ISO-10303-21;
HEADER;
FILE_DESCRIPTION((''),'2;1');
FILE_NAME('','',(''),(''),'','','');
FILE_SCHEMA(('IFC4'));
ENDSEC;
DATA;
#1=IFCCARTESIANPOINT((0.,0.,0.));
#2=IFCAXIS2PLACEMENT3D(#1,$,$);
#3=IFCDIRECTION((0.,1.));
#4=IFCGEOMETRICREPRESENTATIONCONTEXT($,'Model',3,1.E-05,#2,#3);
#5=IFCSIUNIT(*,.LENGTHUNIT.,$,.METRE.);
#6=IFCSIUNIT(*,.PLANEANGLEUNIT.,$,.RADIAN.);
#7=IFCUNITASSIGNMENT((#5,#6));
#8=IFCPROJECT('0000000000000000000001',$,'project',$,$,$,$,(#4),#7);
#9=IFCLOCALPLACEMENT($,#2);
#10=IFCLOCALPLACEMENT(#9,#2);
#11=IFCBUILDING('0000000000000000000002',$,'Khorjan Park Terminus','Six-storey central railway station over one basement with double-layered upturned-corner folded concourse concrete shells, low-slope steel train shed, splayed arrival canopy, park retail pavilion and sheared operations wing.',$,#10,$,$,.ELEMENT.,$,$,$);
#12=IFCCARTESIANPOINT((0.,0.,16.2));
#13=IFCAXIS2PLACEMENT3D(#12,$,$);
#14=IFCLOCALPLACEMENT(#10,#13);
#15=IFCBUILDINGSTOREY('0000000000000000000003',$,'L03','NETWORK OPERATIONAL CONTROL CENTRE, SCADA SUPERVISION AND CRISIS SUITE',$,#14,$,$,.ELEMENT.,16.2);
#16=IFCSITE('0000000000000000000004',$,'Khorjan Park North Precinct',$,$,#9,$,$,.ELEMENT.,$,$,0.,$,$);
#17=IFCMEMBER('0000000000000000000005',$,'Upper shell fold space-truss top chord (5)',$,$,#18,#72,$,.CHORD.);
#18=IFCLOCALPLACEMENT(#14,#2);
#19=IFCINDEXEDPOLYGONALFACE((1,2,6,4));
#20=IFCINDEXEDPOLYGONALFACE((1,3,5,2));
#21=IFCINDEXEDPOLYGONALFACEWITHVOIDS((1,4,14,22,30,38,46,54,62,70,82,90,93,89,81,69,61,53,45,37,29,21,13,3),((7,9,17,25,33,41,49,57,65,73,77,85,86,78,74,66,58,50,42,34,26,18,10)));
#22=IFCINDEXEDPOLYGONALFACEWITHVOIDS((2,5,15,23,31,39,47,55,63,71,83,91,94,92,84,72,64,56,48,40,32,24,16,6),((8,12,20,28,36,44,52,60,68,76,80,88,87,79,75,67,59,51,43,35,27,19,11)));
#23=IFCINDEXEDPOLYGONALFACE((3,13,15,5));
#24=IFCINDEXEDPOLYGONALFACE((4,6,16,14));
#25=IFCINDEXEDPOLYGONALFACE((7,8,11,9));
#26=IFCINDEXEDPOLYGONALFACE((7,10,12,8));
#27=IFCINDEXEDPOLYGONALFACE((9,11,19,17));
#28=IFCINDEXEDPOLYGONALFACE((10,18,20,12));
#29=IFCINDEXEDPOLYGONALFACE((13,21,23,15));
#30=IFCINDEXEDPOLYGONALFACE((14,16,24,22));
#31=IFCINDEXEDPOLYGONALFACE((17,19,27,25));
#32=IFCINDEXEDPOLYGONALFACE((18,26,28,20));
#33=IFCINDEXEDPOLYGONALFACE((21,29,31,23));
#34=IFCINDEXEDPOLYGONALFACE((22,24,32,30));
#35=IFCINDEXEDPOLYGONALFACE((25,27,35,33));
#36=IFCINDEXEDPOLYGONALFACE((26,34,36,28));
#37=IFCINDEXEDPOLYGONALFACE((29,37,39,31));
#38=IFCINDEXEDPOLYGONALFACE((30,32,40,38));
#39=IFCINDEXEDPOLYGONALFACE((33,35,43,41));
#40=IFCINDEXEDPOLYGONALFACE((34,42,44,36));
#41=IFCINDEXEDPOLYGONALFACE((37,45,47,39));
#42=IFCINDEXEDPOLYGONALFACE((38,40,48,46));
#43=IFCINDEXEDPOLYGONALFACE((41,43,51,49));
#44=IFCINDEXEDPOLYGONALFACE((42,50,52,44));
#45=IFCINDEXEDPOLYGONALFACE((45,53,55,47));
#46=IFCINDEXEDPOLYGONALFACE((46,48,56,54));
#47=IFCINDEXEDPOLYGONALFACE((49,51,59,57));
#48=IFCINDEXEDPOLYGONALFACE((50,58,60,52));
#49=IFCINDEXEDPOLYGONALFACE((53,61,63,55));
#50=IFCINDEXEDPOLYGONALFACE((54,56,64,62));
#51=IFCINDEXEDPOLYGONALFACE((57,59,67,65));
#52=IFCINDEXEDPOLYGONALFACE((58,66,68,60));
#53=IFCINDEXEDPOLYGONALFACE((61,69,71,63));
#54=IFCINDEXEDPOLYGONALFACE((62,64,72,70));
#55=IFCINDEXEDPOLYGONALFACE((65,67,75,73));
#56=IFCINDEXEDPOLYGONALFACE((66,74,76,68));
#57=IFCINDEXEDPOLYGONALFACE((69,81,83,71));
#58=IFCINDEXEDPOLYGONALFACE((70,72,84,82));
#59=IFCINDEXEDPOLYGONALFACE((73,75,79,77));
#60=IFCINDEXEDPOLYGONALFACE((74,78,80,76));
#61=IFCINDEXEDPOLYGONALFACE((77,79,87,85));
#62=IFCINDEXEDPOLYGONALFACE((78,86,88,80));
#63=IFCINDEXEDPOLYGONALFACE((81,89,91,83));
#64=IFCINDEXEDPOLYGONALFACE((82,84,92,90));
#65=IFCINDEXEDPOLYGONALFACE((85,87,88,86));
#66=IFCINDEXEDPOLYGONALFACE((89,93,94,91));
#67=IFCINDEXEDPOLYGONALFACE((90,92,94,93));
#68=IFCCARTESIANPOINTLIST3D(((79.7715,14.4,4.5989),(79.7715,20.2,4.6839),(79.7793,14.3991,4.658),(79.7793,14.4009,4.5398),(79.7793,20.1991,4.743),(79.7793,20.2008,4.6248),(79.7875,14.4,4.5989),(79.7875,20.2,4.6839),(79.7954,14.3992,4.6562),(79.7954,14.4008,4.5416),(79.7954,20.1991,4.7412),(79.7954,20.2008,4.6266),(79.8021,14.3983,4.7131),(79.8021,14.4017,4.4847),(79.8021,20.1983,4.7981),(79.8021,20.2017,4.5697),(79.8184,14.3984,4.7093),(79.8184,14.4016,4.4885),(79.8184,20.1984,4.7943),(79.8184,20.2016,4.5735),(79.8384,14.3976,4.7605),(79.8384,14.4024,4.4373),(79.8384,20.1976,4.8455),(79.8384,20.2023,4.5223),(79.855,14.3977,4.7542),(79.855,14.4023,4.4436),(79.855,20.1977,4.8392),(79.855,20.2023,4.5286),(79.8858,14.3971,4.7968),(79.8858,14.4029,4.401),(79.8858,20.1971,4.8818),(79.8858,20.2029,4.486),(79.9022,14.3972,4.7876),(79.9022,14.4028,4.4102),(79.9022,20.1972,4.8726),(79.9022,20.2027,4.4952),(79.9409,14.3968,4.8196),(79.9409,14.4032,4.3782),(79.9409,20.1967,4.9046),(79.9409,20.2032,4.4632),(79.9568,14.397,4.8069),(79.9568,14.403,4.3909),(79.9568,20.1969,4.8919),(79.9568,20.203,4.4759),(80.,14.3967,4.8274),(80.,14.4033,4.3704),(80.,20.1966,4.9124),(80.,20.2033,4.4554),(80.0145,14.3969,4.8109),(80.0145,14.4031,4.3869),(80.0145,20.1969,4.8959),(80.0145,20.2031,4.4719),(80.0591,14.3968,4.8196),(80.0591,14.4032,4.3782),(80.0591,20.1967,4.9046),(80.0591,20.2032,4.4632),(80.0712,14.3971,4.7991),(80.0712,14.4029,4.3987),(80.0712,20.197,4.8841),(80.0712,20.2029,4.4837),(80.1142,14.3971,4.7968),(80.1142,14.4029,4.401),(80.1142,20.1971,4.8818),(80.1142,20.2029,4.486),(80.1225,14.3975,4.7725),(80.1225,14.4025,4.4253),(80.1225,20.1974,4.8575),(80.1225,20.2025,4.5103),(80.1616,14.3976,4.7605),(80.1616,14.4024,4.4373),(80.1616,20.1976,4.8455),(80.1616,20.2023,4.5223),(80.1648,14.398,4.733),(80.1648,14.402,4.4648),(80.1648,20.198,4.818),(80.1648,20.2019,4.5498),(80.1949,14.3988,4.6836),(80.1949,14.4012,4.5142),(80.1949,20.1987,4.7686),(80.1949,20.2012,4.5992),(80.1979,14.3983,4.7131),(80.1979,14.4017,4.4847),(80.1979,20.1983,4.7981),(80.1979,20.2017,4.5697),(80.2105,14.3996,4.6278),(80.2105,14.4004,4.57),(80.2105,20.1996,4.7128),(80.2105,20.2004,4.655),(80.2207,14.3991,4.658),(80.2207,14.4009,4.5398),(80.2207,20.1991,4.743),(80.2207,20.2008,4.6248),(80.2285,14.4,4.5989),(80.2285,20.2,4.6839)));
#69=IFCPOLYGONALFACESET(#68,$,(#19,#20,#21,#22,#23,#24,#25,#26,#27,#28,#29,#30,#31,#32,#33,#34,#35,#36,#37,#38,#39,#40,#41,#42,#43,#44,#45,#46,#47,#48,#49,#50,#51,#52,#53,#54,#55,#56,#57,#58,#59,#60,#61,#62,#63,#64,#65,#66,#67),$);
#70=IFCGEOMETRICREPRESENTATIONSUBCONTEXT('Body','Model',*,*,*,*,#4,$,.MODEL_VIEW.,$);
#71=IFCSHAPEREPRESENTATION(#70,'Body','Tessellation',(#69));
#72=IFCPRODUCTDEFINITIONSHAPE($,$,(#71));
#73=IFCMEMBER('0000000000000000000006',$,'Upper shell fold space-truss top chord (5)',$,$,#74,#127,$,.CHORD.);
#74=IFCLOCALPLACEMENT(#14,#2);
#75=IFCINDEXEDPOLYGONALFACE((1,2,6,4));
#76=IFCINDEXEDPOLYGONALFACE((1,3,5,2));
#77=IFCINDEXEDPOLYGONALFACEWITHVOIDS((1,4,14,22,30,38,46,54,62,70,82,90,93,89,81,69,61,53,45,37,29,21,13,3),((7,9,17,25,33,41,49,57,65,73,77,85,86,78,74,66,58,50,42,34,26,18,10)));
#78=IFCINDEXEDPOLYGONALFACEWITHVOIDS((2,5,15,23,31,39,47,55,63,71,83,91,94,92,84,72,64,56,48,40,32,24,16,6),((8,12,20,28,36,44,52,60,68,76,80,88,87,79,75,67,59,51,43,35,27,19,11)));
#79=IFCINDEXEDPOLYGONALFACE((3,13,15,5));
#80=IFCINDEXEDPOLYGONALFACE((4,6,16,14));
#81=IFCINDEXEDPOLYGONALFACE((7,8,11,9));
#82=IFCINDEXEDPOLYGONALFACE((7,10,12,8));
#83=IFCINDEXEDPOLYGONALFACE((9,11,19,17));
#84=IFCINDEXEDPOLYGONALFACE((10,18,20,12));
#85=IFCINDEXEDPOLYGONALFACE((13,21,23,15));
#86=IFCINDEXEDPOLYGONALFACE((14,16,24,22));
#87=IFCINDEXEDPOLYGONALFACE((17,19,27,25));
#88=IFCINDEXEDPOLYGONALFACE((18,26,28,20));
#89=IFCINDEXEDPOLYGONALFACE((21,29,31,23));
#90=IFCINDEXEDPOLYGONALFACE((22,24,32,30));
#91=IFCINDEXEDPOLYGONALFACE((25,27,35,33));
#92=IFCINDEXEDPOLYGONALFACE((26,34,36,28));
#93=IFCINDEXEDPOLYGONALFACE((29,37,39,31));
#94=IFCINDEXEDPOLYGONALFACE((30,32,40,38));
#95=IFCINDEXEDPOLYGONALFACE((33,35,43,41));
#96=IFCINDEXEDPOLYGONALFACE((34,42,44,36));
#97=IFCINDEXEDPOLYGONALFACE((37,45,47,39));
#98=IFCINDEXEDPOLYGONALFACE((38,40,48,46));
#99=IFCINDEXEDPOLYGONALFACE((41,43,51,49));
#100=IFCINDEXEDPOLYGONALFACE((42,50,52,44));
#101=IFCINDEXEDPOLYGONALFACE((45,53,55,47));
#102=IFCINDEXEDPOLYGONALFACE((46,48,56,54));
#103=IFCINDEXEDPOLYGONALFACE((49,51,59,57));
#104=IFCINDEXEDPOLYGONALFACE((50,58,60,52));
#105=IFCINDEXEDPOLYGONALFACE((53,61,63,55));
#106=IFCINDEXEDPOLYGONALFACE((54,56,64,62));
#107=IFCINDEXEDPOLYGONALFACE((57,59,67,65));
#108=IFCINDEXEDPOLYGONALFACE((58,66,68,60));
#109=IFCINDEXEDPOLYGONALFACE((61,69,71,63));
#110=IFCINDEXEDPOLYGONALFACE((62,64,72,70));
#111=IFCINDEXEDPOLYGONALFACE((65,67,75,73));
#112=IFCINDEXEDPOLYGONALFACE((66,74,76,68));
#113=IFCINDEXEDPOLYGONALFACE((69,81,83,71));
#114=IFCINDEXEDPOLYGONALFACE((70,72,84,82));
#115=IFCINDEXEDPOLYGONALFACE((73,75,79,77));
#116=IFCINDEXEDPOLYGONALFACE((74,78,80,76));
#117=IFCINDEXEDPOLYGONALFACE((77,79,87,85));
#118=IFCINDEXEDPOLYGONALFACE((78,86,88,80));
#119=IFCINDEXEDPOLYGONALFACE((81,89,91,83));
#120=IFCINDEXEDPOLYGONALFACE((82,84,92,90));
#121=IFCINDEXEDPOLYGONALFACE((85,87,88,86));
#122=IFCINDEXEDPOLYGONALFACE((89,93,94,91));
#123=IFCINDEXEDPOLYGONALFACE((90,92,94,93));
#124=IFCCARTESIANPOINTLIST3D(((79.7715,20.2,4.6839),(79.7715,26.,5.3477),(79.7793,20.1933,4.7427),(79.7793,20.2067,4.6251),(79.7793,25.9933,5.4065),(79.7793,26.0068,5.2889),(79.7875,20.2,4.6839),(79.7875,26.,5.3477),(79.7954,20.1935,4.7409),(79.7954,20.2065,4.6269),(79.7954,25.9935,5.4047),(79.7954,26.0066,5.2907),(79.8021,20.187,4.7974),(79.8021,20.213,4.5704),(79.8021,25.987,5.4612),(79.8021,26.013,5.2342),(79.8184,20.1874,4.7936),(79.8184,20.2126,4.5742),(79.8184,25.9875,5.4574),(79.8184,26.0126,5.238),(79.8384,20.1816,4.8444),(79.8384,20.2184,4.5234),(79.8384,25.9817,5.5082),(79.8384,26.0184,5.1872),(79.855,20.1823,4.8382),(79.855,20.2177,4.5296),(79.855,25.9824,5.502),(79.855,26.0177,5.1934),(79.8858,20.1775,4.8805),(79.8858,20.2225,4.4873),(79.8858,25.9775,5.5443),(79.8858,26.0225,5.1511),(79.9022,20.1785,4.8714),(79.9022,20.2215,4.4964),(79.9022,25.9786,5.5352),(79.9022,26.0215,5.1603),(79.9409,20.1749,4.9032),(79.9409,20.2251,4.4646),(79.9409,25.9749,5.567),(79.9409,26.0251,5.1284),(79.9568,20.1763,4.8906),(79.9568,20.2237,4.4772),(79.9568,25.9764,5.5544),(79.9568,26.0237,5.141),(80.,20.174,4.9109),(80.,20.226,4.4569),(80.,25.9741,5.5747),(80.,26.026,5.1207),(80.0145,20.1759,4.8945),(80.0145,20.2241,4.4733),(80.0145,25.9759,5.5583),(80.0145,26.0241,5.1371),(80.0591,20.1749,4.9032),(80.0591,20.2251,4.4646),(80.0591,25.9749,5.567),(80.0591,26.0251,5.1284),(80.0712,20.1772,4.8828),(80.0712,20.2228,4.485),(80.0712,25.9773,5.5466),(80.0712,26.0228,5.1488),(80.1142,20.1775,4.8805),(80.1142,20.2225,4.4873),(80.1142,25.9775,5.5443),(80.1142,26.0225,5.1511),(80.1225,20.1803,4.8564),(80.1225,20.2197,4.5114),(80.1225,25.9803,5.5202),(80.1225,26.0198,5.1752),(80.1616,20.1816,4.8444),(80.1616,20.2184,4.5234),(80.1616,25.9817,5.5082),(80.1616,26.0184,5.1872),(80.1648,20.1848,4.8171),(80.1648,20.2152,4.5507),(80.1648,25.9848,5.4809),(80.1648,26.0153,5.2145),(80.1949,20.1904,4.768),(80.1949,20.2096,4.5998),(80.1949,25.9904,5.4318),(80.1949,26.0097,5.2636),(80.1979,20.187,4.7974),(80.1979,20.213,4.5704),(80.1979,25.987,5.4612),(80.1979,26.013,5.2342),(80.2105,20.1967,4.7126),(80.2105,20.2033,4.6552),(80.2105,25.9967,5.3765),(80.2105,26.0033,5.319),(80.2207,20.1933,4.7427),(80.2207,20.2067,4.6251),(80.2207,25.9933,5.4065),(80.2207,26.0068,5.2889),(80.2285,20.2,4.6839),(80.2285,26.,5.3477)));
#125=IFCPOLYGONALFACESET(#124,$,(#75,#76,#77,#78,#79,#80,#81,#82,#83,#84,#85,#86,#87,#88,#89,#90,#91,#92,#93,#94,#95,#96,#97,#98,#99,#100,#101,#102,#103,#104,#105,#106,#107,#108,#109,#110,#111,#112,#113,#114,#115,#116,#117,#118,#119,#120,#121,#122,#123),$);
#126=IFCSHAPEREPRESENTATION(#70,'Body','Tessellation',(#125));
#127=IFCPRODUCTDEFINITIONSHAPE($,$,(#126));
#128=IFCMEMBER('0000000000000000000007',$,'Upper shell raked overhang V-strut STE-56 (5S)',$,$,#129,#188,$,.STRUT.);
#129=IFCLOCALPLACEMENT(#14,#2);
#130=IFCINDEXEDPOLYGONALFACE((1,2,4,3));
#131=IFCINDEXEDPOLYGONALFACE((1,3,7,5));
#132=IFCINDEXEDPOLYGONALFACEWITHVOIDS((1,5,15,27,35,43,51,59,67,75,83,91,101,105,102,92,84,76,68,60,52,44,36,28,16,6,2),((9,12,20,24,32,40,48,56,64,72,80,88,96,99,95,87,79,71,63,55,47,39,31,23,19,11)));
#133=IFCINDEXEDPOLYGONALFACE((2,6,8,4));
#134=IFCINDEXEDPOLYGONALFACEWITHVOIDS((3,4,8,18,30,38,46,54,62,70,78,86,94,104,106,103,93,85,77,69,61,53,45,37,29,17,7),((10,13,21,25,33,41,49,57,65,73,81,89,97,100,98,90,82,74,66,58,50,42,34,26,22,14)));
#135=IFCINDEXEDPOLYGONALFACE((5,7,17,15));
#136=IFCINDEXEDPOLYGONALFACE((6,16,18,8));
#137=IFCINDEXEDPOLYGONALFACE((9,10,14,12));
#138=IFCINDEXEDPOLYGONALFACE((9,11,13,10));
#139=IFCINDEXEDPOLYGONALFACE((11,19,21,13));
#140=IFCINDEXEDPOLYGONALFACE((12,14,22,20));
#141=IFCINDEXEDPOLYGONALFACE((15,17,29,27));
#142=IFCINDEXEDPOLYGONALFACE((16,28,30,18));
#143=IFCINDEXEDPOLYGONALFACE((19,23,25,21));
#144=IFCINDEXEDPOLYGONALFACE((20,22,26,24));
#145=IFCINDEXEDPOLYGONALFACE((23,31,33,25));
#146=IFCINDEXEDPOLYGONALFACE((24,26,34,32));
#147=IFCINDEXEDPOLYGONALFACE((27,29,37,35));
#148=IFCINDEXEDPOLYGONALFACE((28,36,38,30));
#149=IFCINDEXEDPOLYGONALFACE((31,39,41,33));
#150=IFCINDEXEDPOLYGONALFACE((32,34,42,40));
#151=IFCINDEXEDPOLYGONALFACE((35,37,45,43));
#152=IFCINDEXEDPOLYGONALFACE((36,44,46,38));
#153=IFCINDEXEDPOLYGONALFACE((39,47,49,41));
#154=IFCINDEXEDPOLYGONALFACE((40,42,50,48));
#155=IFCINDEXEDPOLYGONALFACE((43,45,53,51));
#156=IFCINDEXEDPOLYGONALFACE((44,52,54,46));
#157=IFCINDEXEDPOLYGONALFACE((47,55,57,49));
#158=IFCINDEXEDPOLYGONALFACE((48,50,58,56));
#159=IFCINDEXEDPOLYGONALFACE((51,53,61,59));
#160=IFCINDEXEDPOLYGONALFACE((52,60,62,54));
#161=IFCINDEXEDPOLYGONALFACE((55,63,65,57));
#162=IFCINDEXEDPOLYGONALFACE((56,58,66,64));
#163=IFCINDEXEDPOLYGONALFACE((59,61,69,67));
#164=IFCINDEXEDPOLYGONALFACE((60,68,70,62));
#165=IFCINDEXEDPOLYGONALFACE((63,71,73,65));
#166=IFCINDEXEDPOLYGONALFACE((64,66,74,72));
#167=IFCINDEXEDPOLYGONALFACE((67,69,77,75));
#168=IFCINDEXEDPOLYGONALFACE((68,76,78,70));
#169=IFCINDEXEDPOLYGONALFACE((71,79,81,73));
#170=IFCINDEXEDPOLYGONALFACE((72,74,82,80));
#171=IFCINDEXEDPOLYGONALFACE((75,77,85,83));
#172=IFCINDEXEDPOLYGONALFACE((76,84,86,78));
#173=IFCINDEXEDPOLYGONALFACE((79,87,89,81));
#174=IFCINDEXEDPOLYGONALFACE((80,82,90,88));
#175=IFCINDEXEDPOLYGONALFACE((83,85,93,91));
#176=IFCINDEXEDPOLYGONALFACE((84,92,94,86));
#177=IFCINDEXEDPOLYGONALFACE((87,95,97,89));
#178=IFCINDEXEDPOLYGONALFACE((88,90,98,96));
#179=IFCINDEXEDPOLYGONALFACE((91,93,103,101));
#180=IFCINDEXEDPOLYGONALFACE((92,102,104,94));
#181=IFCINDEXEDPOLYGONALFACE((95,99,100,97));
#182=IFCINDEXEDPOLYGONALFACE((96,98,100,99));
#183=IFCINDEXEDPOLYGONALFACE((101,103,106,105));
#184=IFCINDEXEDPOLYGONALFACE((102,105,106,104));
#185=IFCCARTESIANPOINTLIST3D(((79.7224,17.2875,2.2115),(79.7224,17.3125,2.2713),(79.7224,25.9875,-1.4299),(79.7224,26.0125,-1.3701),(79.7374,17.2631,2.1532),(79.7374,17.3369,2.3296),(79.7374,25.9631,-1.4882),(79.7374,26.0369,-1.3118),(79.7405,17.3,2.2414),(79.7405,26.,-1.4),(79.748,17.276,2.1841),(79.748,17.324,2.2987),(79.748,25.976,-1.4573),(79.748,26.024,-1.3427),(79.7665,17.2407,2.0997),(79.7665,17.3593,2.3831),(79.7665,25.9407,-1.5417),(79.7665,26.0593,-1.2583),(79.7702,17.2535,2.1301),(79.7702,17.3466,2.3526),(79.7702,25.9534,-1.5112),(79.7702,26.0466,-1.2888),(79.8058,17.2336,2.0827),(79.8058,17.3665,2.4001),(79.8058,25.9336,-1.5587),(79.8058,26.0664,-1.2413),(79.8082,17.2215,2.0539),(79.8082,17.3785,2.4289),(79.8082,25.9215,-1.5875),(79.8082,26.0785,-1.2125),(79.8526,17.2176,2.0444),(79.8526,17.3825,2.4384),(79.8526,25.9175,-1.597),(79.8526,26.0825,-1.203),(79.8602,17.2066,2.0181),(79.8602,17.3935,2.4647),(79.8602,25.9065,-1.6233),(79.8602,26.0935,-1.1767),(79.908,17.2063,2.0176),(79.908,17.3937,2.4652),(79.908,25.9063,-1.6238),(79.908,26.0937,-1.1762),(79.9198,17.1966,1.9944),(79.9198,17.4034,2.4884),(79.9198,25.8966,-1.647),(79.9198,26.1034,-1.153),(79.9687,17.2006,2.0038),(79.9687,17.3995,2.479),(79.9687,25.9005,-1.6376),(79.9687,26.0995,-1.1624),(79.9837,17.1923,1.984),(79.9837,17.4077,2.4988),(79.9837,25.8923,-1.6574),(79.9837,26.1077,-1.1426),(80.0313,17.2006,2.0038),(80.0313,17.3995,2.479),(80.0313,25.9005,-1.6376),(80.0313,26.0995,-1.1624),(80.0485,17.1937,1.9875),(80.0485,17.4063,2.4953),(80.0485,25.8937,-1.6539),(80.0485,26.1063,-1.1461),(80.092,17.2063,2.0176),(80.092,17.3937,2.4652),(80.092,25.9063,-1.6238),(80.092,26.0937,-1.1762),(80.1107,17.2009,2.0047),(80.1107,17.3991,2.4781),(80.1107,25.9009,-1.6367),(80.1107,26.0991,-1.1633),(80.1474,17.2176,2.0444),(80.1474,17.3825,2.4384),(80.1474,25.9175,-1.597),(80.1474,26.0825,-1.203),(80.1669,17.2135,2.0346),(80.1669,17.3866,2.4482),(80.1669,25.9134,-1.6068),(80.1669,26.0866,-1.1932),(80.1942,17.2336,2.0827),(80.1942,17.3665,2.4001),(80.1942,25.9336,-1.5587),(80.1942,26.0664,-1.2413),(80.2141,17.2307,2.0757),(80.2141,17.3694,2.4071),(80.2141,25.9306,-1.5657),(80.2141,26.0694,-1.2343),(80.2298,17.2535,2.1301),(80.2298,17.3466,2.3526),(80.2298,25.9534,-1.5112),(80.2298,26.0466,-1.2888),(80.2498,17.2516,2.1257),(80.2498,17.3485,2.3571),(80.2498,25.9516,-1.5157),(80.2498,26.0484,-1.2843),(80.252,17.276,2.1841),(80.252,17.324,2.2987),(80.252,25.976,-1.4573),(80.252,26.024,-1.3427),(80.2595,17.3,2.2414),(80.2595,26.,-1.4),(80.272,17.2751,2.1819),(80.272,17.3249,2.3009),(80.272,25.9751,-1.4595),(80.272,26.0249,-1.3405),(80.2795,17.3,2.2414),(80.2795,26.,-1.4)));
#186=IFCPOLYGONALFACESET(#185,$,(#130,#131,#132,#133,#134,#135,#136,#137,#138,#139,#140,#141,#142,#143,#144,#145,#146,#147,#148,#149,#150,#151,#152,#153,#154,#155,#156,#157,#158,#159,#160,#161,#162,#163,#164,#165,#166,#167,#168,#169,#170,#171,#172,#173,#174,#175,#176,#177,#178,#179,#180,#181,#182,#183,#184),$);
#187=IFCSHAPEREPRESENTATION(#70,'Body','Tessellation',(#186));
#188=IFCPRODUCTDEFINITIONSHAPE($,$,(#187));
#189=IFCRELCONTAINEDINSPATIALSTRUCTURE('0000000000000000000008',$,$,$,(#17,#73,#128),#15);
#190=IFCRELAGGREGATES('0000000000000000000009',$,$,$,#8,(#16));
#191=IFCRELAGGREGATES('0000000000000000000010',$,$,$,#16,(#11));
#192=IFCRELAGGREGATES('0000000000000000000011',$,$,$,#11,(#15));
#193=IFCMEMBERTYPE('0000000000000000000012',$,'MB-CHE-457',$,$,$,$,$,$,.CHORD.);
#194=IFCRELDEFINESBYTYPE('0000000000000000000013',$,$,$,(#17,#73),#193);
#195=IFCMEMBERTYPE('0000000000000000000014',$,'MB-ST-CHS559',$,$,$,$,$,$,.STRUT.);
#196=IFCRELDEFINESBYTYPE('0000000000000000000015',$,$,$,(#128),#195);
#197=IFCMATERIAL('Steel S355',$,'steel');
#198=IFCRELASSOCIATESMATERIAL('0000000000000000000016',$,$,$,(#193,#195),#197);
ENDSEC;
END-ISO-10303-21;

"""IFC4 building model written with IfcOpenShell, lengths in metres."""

from ifc_helpers import new_model, si_unit, direction, frame, origin, origin_2d, place, context, subcontext, project, spatial, hollow_circle, extrude, material, material_profile, profile_set, type_object, element, save


model = new_model("IFC4")

# Units and contexts
model_context = context("Model", 3, precision=1e-05, world=origin(), true_north=direction((0.0, 1.0)))
body_context = subcontext(model_context, "Body", "Model", "MODEL_VIEW")
ifc_project = project(units=[si_unit("LENGTHUNIT", "METRE"), si_unit("PLANEANGLEUNIT", "RADIAN")], contexts=[model_context])

# Site, building, storey
site_placement = place(None, origin())
site = spatial("IfcSite", under=ifc_project, at=site_placement, Name="Khorjan Park North Precinct", CompositionType="ELEMENT", RefElevation=0.0)
building_placement = place(site_placement, origin())
building = spatial("IfcBuilding", under=site, at=building_placement, Name="Khorjan Park Terminus", Description="Six-storey central railway station over one basement with double-layered upturned-corner folded concourse concrete shells, low-slope steel train shed, splayed arrival canopy, park retail pavilion and sheared operations wing.", CompositionType="ELEMENT")
storey_placement = place(building_placement, frame((0.0, 0.0, 16.2)))
storey = spatial("IfcBuildingStorey", under=building, at=storey_placement, Name="L03", Description="NETWORK OPERATIONAL CONTROL CENTRE, SCADA SUPERVISION AND CRISIS SUITE", CompositionType="ELEMENT", Elevation=16.2)

# Members
ifc_material_1 = material(Name="Steel S355", Category="steel")
ifc_material_profile_1 = material_profile(ifc_material_1, hollow_circle(Radius=0.2285, WallThickness=0.016, at=origin_2d()), Name="CHS 457x16")
ifc_profile_set_1 = profile_set([ifc_material_profile_1], Name="Steel S355")
member_type_1 = type_object("IfcMemberType", Name="MB-CHE-457", PredefinedType="CHORD", material=ifc_profile_set_1)
member_1_placement = place(storey_placement, frame((80.0, 14.4, 4.5989), z_axis=(0.0, 0.999893, 0.014654), x_axis=(-1.0, 0.0, 0.0)))
element("IfcMember", 1, at=member_1_placement, inside=storey, type_object=member_type_1, Name="Upper shell fold space-truss top chord (5)", PredefinedType="CHORD", context=body_context, shape_type="SweptSolid", body=[
    extrude(hollow_circle(Radius=0.2285, WallThickness=0.016, at=origin_2d()), origin(), (0.0, 0.0, 1.0), 5.8006),
])
member_2_placement = place(storey_placement, frame((80.0, 20.2, 4.6839), z_axis=(0.0, 0.993514, 0.113706), x_axis=(-1.0, 0.0, 0.0)))
element("IfcMember", 2, at=member_2_placement, inside=storey, type_object=member_type_1, Name="Upper shell fold space-truss top chord (5)", PredefinedType="CHORD", context=body_context, shape_type="SweptSolid", body=[
    extrude(hollow_circle(Radius=0.2285, WallThickness=0.016, at=origin_2d()), origin(), (0.0, 0.0, 1.0), 5.8379),
])
ifc_material_profile_2 = material_profile(ifc_material_1, hollow_circle(Radius=0.2795, WallThickness=0.02, at=origin_2d()), Name="CHS 559x20")
ifc_profile_set_2 = profile_set([ifc_material_profile_2], Name="Steel S355")
member_type_2 = type_object("IfcMemberType", Name="MB-ST-CHS559", PredefinedType="STRUT", material=ifc_profile_set_2)
member_3_placement = place(storey_placement, frame((80.0, 26.0, -1.4), z_axis=(0.0, -0.922458, 0.386097), x_axis=(1.0, 0.0, 0.0)))
element("IfcMember", 3, at=member_3_placement, inside=storey, type_object=member_type_2, Name="Upper shell raked overhang V-strut STE-56 (5S)", PredefinedType="STRUT", context=body_context, shape_type="SweptSolid", body=[
    extrude(hollow_circle(Radius=0.2795, WallThickness=0.02, at=origin_2d()), origin(), (0.0, 0.0, 1.0), 9.4313),
])

save(model, "model.ifc")
